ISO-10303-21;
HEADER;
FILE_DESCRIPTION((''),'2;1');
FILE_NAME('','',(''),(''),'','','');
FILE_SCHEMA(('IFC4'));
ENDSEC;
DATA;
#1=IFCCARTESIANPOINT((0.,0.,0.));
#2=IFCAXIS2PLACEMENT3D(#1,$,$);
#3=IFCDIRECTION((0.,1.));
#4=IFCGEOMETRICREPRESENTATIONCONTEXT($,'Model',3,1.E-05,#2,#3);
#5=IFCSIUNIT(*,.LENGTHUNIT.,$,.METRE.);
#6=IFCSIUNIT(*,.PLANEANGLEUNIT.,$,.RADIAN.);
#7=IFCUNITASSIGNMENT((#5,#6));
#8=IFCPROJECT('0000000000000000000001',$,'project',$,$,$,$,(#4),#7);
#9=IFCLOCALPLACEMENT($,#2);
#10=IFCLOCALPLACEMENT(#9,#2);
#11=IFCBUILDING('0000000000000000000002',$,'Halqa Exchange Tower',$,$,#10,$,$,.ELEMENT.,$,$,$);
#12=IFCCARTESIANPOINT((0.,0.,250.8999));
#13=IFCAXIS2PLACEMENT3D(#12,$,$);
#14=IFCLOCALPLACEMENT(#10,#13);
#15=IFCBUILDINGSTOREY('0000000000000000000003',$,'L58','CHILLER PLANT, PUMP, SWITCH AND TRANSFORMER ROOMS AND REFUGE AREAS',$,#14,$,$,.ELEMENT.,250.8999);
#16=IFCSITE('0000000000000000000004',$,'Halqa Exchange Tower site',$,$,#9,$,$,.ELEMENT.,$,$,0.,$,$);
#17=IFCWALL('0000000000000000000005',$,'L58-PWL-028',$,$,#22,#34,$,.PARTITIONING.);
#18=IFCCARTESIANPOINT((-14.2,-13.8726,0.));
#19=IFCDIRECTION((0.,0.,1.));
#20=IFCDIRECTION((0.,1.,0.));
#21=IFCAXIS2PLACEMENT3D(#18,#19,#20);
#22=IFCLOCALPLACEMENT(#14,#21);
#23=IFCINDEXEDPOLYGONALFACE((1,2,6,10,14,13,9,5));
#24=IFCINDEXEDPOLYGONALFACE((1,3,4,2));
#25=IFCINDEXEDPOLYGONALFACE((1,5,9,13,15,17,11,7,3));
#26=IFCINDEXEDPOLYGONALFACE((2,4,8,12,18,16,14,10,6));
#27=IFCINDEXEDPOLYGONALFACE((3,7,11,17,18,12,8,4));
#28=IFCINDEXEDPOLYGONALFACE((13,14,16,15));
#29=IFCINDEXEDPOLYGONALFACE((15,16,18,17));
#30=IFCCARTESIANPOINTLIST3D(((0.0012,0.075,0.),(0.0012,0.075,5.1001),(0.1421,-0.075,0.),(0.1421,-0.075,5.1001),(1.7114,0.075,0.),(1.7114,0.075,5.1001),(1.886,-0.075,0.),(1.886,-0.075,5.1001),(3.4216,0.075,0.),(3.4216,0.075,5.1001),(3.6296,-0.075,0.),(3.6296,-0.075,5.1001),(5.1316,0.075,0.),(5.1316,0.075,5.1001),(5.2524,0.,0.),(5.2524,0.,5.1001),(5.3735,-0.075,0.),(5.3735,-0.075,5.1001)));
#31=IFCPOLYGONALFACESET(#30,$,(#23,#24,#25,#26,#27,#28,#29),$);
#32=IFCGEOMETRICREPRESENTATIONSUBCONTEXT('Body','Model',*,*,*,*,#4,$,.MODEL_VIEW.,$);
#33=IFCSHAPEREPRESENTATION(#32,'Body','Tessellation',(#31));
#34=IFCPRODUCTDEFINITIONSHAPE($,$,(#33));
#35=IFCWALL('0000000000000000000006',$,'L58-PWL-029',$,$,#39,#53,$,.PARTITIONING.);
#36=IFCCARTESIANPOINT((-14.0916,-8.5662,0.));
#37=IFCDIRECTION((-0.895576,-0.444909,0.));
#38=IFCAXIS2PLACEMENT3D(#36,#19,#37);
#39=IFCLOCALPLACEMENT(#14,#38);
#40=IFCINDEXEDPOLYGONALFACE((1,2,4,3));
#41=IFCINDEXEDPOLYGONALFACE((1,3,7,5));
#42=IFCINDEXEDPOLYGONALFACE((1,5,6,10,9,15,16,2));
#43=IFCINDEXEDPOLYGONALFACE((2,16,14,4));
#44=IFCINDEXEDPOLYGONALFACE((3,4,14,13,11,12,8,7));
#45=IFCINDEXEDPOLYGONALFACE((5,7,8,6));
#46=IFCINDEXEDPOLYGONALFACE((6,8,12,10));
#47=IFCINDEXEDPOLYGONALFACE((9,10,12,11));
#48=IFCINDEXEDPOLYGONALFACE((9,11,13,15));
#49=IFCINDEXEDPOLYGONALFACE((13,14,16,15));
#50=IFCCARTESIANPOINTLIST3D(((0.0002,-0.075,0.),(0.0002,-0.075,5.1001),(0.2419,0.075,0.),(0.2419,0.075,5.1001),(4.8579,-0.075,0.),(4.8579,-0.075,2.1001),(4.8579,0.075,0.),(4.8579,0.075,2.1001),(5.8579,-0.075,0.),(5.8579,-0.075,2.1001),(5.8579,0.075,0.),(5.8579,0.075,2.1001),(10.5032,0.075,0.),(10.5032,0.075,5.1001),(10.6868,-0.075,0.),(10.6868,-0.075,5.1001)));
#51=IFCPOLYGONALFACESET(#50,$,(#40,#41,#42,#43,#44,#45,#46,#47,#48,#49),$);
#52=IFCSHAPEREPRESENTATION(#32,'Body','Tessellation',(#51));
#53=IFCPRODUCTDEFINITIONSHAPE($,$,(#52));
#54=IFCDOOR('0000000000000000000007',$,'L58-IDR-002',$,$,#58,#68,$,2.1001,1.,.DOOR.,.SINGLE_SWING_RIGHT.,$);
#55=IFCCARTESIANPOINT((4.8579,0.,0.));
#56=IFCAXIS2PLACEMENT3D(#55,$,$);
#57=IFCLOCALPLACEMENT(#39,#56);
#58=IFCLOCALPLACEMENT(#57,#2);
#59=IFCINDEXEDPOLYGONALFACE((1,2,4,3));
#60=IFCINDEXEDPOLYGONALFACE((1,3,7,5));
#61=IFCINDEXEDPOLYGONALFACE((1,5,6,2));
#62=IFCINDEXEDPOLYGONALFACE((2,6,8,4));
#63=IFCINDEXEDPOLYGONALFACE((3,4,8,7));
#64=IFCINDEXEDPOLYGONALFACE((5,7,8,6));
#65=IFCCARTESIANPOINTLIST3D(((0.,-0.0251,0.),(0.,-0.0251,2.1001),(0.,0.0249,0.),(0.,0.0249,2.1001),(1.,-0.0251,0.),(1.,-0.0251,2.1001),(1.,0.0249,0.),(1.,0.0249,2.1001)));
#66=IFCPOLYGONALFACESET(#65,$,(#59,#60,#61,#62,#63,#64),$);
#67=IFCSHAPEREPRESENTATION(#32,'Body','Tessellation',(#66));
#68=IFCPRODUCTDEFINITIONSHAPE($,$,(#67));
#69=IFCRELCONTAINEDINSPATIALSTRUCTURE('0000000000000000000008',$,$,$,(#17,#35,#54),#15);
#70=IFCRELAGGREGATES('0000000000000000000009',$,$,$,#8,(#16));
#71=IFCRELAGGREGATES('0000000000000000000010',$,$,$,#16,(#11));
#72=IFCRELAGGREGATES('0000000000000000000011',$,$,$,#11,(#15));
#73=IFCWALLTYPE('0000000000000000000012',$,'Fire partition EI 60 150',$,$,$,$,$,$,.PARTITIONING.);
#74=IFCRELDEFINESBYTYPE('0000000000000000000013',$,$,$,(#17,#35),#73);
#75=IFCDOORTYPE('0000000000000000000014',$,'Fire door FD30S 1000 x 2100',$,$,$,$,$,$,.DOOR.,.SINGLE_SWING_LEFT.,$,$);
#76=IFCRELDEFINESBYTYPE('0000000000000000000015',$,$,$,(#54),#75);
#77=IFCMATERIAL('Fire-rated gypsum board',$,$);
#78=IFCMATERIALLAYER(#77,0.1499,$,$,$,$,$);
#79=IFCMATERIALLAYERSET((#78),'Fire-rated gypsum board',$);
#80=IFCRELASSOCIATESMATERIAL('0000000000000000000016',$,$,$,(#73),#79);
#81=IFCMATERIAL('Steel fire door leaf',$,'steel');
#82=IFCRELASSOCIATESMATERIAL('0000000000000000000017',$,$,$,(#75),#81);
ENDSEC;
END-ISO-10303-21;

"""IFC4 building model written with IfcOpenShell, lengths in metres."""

from ifc_helpers import new_model, si_unit, direction, frame, frame_2d, origin, place, context, subcontext, project, spatial, polyline, rectangle, outline, extrude, material, layer, layer_set, type_object, element, fill, save


model = new_model("IFC4")

# Units and contexts
model_context = context("Model", 3, precision=1e-05, world=origin(), true_north=direction((0.0, 1.0)))
body_context = subcontext(model_context, "Body", "Model", "MODEL_VIEW")
ifc_project = project(units=[si_unit("LENGTHUNIT", "METRE"), si_unit("PLANEANGLEUNIT", "RADIAN")], contexts=[model_context])

# Site, building, storey
site_placement = place(None, origin())
site = spatial("IfcSite", under=ifc_project, at=site_placement, Name="Halqa Exchange Tower site", CompositionType="ELEMENT", RefElevation=0.0)
building_placement = place(site_placement, origin())
building = spatial("IfcBuilding", under=site, at=building_placement, Name="Halqa Exchange Tower", CompositionType="ELEMENT")
storey_placement = place(building_placement, frame((0.0, 0.0, 250.8999)))
storey = spatial("IfcBuildingStorey", under=building, at=storey_placement, Name="L58", Description="CHILLER PLANT, PUMP, SWITCH AND TRANSFORMER ROOMS AND REFUGE AREAS", CompositionType="ELEMENT", Elevation=250.8999)

# Wall
ifc_material_1 = material(Name="Fire-rated gypsum board")
ifc_layer_1 = layer(ifc_material_1, 0.1499)
ifc_layer_set_1 = layer_set([ifc_layer_1], Name="Fire-rated gypsum board")
wall_type_1 = type_object("IfcWallType", Name="Fire partition EI 60 150", PredefinedType="PARTITIONING", material=ifc_layer_set_1)
wall_1_placement = place(storey_placement, frame((-14.2, -13.8726, 0.0), z_axis=(0.0, 0.0, 1.0), x_axis=(0.0, 1.0, 0.0)))
element("IfcWall", 1, at=wall_1_placement, inside=storey, type_object=wall_type_1, Name="L58-PWL-028", PredefinedType="PARTITIONING", context=body_context, shape_type="SweptSolid", body=[
    extrude(outline(polyline([(5.3735, -0.075), (5.3735, -0.075), (5.2524, 0.0), (5.1316, 0.075), (3.4216, 0.075), (1.7114, 0.075), (0.0012, 0.075), (0.1421, -0.075), (1.886, -0.075), (3.6296, -0.075), (5.3735, -0.075)])), origin(), (0.0, 0.0, 1.0), 5.1001),
])

# Wall, opening, door
wall_2_placement = place(storey_placement, frame((-14.0916, -8.5662, 0.0), z_axis=(0.0, 0.0, 1.0), x_axis=(-0.895576, -0.444909, 0.0)))
wall_2 = element("IfcWall", 2, at=wall_2_placement, inside=storey, type_object=wall_type_1, Name="L58-PWL-029", PredefinedType="PARTITIONING", context=body_context, shape_type="SweptSolid", body=[
    extrude(outline(polyline([(10.6868, -0.075), (10.6868, -0.075), (10.5032, 0.075), (8.793, 0.075), (7.0828, 0.075), (5.3726, 0.075), (3.6624, 0.075), (1.9521, 0.075), (0.2419, 0.075), (0.0002, -0.075), (1.7812, -0.075), (3.5625, -0.075), (5.3435, -0.075), (7.1245, -0.075), (8.9058, -0.075), (10.6868, -0.075)])), origin(), (0.0, 0.0, 1.0), 5.1001),
])
opening_1_placement = place(wall_2_placement, frame((4.8579, 0.0, 0.0)))
opening_1 = element("IfcOpeningElement", 3, at=opening_1_placement, cuts=wall_2, PredefinedType="OPENING", context=body_context, shape_type="SweptSolid", body=[
    extrude(rectangle(XDim=1.0, YDim=2.1001, at=frame_2d((0.5, 1.05))), frame((0.0, 0.0869, 0.0), z_axis=(0.0, -1.0, 0.0), x_axis=(1.0, 0.0, 0.0)), (0.0, 0.0, 1.0), 0.1738),
])
ifc_material_2 = material(Name="Steel fire door leaf", Category="steel")
door_type_1 = type_object("IfcDoorType", Name="Fire door FD30S 1000 x 2100", OperationType="SINGLE_SWING_LEFT", PredefinedType="DOOR", material=ifc_material_2)
door_1_placement = place(opening_1_placement, origin())
door_1 = element("IfcDoor", 4, at=door_1_placement, inside=storey, type_object=door_type_1, Name="L58-IDR-002", OperationType="SINGLE_SWING_RIGHT", OverallHeight=2.1001, OverallWidth=1.0, PredefinedType="DOOR", context=body_context, shape_type="SweptSolid", body=[
    extrude(rectangle(XDim=1.0, YDim=2.1001, at=frame_2d((0.5, 1.05))), frame((0.0, 0.0249, 0.0), z_axis=(0.0, -1.0, 0.0), x_axis=(1.0, 0.0, 0.0)), (0.0, 0.0, 1.0), 0.05),
])
fill(opening_1, door_1)

save(model, "model.ifc")
